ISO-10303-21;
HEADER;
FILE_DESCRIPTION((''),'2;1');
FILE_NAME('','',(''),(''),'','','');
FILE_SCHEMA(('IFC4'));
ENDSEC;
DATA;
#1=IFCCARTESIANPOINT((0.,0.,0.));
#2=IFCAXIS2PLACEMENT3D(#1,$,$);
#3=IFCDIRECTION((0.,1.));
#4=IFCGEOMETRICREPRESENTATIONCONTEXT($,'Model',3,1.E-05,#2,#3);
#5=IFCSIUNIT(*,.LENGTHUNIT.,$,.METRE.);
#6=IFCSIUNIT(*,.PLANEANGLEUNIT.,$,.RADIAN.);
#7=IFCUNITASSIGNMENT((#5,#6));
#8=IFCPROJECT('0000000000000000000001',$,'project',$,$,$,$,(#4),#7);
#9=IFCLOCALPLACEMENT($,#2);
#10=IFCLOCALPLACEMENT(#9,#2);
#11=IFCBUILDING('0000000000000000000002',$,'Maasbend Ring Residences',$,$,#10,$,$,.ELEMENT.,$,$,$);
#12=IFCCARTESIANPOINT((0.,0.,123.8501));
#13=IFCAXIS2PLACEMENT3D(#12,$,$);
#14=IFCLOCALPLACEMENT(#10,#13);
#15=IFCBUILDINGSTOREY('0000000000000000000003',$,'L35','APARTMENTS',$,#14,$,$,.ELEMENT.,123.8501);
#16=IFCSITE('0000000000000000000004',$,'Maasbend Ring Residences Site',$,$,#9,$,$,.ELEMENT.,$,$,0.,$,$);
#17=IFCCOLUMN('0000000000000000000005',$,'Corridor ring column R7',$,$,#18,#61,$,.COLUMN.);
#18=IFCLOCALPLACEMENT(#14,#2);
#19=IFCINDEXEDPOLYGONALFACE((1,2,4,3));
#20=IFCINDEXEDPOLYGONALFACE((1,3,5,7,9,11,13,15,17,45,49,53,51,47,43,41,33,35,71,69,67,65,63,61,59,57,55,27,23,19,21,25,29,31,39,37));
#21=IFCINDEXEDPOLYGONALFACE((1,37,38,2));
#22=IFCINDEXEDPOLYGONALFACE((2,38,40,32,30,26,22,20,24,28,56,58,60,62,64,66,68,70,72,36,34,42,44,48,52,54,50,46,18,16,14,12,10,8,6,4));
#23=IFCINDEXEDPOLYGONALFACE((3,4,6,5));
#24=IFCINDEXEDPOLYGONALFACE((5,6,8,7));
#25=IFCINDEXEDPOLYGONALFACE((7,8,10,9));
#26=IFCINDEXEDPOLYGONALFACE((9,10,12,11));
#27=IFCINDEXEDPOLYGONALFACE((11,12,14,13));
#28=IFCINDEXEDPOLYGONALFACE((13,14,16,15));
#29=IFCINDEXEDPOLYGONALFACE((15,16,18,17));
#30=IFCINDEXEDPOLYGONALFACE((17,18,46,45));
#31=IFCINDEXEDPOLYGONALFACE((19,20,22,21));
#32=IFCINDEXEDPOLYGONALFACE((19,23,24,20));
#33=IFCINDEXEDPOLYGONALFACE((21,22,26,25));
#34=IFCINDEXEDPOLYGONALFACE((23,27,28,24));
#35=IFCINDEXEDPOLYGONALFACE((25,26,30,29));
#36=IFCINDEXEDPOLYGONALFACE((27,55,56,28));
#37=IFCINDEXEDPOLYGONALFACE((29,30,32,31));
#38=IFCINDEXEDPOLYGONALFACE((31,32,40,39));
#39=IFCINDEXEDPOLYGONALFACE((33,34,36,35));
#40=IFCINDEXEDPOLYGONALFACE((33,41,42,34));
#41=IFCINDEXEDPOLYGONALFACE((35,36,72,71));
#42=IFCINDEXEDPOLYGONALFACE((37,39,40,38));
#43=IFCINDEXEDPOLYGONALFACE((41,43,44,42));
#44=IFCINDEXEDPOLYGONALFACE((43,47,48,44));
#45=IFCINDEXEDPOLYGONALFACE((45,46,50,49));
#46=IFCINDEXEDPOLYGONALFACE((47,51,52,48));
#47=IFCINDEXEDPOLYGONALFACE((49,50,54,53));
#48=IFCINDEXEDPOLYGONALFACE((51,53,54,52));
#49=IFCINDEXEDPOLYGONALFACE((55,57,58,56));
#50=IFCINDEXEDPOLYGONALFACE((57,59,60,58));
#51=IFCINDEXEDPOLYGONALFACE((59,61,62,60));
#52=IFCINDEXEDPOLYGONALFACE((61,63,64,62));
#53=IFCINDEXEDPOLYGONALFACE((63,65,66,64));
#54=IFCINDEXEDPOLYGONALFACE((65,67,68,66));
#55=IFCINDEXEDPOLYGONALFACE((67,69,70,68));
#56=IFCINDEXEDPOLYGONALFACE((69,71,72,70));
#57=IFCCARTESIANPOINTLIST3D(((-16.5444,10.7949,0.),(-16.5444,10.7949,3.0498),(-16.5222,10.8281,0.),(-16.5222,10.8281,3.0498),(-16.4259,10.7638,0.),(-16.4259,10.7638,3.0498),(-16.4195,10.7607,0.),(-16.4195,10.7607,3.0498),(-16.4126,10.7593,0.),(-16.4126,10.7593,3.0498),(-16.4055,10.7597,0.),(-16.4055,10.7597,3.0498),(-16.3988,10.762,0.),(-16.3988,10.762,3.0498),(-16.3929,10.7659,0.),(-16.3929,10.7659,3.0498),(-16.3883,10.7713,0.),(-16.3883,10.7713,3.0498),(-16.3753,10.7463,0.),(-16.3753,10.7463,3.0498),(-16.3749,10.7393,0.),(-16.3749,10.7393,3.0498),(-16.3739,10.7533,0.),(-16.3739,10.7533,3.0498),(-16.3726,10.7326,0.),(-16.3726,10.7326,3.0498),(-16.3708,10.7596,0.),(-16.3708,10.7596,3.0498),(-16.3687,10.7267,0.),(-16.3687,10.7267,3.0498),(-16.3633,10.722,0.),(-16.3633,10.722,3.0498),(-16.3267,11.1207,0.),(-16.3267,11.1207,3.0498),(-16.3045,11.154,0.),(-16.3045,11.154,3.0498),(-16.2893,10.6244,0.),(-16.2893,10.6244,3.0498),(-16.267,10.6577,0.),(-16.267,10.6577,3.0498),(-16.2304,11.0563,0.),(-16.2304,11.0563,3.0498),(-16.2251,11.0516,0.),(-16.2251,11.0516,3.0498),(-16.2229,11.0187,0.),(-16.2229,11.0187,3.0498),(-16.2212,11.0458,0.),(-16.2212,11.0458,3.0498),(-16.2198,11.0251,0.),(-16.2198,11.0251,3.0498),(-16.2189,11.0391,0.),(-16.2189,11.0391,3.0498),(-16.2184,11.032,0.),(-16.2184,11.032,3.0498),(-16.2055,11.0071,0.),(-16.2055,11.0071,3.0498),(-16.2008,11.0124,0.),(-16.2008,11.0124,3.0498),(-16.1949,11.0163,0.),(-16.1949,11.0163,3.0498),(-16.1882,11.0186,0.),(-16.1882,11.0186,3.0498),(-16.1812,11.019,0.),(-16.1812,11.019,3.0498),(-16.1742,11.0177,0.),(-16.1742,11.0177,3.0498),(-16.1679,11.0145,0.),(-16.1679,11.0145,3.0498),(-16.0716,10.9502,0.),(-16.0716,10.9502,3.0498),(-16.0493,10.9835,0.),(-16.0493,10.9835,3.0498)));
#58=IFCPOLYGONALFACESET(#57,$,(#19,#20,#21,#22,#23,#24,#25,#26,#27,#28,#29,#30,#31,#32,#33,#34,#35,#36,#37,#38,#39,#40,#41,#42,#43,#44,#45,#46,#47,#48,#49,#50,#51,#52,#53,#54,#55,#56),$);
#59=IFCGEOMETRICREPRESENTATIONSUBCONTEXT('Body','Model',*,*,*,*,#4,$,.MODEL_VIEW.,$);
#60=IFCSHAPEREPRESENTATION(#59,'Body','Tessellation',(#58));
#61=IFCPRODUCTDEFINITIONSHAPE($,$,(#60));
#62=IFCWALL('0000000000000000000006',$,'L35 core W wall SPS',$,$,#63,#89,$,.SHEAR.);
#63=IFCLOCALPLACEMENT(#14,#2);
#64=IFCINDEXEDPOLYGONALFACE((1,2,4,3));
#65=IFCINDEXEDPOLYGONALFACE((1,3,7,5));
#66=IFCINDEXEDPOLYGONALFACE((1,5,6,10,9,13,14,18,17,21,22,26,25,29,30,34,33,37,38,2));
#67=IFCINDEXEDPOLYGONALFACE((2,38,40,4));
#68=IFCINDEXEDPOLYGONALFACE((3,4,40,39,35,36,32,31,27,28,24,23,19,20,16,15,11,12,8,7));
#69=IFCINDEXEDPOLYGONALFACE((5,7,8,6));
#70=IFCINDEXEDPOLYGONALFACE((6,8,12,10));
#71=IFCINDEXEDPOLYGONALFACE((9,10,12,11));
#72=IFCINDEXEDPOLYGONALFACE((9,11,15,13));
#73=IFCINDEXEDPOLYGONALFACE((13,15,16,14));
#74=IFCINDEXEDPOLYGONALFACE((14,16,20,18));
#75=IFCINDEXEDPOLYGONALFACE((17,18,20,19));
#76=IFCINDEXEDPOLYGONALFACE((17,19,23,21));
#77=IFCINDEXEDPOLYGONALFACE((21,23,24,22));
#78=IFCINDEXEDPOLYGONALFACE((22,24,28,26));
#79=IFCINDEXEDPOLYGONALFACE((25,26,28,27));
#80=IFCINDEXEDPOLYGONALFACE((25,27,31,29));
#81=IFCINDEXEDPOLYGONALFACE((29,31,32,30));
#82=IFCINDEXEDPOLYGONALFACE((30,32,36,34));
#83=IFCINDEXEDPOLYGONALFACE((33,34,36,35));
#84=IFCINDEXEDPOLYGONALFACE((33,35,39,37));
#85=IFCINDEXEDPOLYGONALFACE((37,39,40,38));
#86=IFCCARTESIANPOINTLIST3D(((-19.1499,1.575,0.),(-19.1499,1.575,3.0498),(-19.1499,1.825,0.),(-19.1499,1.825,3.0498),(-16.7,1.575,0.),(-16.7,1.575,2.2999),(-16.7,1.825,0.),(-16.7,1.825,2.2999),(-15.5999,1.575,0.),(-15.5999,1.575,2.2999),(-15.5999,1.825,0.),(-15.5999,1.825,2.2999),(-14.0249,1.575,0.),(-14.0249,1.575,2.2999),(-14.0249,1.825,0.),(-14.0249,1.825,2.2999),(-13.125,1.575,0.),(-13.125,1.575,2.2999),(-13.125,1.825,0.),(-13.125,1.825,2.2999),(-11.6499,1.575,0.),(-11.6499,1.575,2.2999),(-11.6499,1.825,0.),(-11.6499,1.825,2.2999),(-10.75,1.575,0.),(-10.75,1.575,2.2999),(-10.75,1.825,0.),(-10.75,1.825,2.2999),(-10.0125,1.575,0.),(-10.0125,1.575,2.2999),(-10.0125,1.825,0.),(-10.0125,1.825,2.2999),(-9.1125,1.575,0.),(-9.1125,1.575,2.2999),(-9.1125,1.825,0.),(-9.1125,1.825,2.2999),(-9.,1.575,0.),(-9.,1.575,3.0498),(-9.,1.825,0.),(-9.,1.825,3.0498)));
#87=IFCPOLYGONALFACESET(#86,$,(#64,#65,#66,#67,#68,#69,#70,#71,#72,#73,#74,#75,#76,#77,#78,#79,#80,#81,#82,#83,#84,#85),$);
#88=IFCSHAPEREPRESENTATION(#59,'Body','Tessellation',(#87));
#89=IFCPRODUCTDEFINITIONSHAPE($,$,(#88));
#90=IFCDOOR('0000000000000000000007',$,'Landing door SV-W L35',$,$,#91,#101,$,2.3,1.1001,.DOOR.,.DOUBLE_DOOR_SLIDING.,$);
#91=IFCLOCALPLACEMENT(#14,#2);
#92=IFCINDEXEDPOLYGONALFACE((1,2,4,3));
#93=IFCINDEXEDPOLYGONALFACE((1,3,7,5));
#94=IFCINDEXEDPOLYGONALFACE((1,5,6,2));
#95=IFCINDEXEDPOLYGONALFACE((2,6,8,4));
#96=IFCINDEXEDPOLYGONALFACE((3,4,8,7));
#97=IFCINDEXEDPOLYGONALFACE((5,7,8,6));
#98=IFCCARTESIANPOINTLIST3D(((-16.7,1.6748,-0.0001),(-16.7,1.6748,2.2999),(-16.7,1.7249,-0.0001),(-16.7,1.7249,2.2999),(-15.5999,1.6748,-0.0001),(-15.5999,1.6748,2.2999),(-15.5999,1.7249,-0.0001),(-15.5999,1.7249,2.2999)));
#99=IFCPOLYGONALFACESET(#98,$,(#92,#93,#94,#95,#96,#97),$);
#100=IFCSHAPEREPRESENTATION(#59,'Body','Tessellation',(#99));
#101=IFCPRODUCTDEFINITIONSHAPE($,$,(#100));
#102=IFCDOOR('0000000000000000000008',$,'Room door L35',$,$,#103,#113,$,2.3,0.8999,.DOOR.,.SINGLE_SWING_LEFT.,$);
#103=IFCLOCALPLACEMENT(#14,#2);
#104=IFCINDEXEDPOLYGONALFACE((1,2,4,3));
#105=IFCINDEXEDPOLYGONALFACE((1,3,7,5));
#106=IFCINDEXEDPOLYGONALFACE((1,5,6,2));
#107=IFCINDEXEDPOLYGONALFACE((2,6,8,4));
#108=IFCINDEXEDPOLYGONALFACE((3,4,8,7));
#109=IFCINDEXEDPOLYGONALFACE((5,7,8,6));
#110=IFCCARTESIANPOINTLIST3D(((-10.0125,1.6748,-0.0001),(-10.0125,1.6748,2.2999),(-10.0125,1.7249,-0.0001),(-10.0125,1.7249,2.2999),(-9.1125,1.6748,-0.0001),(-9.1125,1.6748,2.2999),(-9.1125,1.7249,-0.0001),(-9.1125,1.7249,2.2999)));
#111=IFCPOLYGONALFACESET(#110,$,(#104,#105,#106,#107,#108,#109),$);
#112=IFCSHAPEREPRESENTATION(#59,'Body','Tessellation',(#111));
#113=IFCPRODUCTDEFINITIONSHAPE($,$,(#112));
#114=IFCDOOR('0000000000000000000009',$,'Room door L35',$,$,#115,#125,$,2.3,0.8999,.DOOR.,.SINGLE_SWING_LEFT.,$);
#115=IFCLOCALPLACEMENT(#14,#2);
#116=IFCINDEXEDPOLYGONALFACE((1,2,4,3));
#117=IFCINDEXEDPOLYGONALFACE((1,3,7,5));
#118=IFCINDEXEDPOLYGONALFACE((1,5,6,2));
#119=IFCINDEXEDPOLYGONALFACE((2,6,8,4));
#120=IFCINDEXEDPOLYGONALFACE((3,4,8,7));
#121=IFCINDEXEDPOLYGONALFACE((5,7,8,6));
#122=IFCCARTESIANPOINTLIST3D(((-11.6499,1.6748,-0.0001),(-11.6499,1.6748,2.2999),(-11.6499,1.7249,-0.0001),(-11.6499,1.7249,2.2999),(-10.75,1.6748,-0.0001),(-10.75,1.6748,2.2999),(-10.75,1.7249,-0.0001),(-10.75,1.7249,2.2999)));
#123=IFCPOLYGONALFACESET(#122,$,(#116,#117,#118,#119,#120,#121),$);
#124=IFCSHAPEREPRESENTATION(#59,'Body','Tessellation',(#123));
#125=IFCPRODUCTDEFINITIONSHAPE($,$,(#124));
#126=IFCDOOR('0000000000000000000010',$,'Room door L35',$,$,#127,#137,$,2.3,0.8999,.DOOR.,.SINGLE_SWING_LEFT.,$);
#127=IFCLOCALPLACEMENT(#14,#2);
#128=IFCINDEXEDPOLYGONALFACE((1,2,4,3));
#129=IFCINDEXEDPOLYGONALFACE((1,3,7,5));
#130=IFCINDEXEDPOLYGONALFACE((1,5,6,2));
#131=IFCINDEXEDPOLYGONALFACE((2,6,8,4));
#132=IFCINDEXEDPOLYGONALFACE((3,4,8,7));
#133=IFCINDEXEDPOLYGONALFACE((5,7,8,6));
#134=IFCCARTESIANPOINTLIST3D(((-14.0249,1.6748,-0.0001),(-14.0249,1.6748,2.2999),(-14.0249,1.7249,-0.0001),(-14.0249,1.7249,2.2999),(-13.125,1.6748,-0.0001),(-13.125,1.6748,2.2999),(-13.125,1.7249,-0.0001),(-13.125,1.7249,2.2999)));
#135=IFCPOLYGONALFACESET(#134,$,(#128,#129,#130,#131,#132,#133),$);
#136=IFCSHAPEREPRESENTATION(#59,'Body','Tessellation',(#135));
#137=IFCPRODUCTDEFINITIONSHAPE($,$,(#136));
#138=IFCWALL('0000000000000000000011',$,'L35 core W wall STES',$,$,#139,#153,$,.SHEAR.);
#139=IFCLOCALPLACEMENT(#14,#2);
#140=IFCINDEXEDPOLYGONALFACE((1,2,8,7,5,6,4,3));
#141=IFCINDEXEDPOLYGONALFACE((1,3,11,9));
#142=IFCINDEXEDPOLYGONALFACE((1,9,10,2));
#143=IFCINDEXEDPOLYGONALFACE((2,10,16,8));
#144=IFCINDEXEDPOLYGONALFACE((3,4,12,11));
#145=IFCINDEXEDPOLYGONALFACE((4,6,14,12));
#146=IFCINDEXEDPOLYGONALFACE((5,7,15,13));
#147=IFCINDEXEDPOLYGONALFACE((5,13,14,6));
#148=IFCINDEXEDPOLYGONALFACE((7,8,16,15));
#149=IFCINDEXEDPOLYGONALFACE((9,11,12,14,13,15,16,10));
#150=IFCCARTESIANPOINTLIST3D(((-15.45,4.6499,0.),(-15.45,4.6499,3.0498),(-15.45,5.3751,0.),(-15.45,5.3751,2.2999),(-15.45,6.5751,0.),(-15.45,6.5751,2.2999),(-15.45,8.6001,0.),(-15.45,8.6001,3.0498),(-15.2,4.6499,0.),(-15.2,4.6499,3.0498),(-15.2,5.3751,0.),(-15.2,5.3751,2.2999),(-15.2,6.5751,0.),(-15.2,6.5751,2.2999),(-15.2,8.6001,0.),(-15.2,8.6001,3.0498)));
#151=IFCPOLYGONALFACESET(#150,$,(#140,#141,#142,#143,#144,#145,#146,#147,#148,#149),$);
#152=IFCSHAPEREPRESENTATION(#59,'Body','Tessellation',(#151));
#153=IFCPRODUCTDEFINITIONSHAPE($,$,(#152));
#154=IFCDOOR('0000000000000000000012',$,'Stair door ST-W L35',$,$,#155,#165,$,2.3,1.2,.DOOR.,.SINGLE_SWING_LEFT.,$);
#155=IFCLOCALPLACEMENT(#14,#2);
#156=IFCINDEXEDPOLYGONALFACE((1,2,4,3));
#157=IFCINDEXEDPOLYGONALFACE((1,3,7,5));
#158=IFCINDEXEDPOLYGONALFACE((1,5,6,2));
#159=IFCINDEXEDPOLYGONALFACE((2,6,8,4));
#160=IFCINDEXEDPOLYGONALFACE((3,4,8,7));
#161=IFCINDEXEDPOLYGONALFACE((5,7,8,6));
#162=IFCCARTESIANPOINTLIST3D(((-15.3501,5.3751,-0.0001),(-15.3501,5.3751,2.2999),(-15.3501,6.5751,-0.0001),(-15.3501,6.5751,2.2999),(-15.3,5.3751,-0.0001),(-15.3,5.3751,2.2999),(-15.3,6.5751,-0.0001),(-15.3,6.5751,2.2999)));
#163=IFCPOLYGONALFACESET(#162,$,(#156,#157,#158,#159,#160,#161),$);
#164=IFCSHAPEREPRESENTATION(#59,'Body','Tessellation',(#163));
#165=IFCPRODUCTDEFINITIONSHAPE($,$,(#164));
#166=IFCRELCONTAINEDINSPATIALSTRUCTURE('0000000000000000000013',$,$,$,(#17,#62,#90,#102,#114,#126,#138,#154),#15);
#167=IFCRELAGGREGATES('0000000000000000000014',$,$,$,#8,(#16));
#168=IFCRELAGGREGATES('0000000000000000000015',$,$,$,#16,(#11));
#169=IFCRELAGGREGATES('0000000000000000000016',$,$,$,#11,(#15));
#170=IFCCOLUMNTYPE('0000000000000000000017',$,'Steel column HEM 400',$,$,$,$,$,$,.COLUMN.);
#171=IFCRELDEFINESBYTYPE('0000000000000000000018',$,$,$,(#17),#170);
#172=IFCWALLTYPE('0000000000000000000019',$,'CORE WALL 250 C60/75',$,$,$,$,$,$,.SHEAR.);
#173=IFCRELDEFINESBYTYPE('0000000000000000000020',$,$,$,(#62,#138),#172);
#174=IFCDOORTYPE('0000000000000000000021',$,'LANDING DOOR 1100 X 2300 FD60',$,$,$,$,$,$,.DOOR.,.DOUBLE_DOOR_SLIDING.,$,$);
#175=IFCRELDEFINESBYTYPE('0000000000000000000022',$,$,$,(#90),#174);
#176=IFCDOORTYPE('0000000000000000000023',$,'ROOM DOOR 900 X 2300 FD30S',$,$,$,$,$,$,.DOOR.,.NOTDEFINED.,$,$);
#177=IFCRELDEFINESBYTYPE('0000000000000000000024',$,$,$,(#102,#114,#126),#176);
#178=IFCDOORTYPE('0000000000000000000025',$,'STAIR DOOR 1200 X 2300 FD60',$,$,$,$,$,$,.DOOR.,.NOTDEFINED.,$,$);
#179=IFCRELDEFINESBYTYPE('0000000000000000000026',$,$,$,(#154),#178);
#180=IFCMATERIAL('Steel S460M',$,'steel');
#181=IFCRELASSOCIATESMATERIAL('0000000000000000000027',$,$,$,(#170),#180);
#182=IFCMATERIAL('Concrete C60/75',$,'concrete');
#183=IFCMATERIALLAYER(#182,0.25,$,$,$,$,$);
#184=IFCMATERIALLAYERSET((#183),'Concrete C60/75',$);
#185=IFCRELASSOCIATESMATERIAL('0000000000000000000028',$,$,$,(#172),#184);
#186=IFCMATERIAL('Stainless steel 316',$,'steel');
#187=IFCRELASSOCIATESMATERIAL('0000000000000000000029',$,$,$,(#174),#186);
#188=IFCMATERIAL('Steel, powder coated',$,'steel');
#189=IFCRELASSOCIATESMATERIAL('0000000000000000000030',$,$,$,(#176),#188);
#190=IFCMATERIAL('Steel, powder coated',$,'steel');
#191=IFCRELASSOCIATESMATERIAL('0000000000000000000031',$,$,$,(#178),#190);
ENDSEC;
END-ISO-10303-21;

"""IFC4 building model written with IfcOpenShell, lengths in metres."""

from ifc_helpers import new_model, si_unit, direction, frame, frame_2d, origin, origin_2d, place, context, subcontext, project, spatial, rectangle, i_section, extrude, material, layer, layer_set, material_profile, profile_set, type_object, element, fill, save


model = new_model("IFC4")

# Units and contexts
model_context = context("Model", 3, precision=1e-05, world=origin(), true_north=direction((0.0, 1.0)))
body_context = subcontext(model_context, "Body", "Model", "MODEL_VIEW")
ifc_project = project(units=[si_unit("LENGTHUNIT", "METRE"), si_unit("PLANEANGLEUNIT", "RADIAN")], contexts=[model_context])

# Site, building, storey
site_placement = place(None, origin())
site = spatial("IfcSite", under=ifc_project, at=site_placement, Name="Maasbend Ring Residences Site", CompositionType="ELEMENT", RefElevation=0.0)
building_placement = place(site_placement, origin())
building = spatial("IfcBuilding", under=site, at=building_placement, Name="Maasbend Ring Residences", CompositionType="ELEMENT")
storey_placement = place(building_placement, frame((0.0, 0.0, 123.8501)))
storey = spatial("IfcBuildingStorey", under=building, at=storey_placement, Name="L35", Description="APARTMENTS", CompositionType="ELEMENT", Elevation=123.8501)

# Column
ifc_material_1 = material(Name="Steel S460M", Category="steel")
ifc_material_profile = material_profile(ifc_material_1, i_section(OverallWidth=0.3069, OverallDepth=0.4319, WebThickness=0.021, FlangeThickness=0.04, FilletRadius=0.0271, at=origin_2d()), Name="HEM 400")
ifc_profile_set = profile_set([ifc_material_profile], Name="Steel S460M")
column_type = type_object("IfcColumnType", Name="Steel column HEM 400", PredefinedType="COLUMN", material=ifc_profile_set)
column_placement = place(storey_placement, frame((-16.2969, 10.8892, 0.0), z_axis=(0.0, 0.0, 1.0), x_axis=(-0.83147, 0.55557, 0.0)))
element("IfcColumn", 1, at=column_placement, inside=storey, type_object=column_type, Name="Corridor ring column R7", PredefinedType="COLUMN", context=body_context, shape_type="SweptSolid", body=[
    extrude(i_section(OverallWidth=0.3069, OverallDepth=0.4319, WebThickness=0.021, FlangeThickness=0.04, FilletRadius=0.0271, at=origin_2d()), origin(), (0.0, 0.0, 1.0), 3.0498),
])

# Wall, openings, doors
ifc_material_2 = material(Name="Concrete C60/75", Category="concrete")
ifc_layer_1 = layer(ifc_material_2, 0.25)
ifc_layer_set_1 = layer_set([ifc_layer_1], Name="Concrete C60/75")
wall_type_1 = type_object("IfcWallType", Name="CORE WALL 250 C60/75", PredefinedType="SHEAR", material=ifc_layer_set_1)
wall_1_placement = place(storey_placement, frame((-19.1499, 1.7, 0.0), z_axis=(0.0, 0.0, 1.0), x_axis=(1.0, 0.0, 0.0)))
wall_1 = element("IfcWall", 2, at=wall_1_placement, inside=storey, type_object=wall_type_1, Name="L35 core W wall SPS", PredefinedType="SHEAR", context=body_context, shape_type="SweptSolid", body=[
    extrude(rectangle(XDim=10.1499, YDim=0.25, at=frame_2d((5.075, 0.0))), origin(), (0.0, 0.0, 1.0), 3.0498),
])
opening_1_placement = place(wall_1_placement, frame((2.45, 0.0, 0.0)))
opening_1 = element("IfcOpeningElement", 3, at=opening_1_placement, cuts=wall_1, PredefinedType="OPENING", context=body_context, shape_type="SweptSolid", body=[
    extrude(rectangle(XDim=1.1001, YDim=2.3, at=frame_2d((0.55, 1.1499))), frame((0.0, 0.135, 0.0), z_axis=(0.0, -1.0, 0.0), x_axis=(1.0, 0.0, 0.0)), (0.0, 0.0, 1.0), 0.27),
])
opening_2_placement = place(wall_1_placement, frame((9.1375, 0.0, 0.0)))
opening_2 = element("IfcOpeningElement", 4, at=opening_2_placement, cuts=wall_1, PredefinedType="OPENING", context=body_context, shape_type="SweptSolid", body=[
    extrude(rectangle(XDim=0.8999, YDim=2.3, at=frame_2d((0.45, 1.1499))), frame((0.0, 0.135, 0.0), z_axis=(0.0, -1.0, 0.0), x_axis=(1.0, 0.0, 0.0)), (0.0, 0.0, 1.0), 0.27),
])
opening_3_placement = place(wall_1_placement, frame((7.5, 0.0, 0.0)))
opening_3 = element("IfcOpeningElement", 5, at=opening_3_placement, cuts=wall_1, PredefinedType="OPENING", context=body_context, shape_type="SweptSolid", body=[
    extrude(rectangle(XDim=0.8999, YDim=2.3, at=frame_2d((0.45, 1.1499))), frame((0.0, 0.135, 0.0), z_axis=(0.0, -1.0, 0.0), x_axis=(1.0, 0.0, 0.0)), (0.0, 0.0, 1.0), 0.27),
])
opening_4_placement = place(wall_1_placement, frame((5.125, 0.0, 0.0)))
opening_4 = element("IfcOpeningElement", 6, at=opening_4_placement, cuts=wall_1, PredefinedType="OPENING", context=body_context, shape_type="SweptSolid", body=[
    extrude(rectangle(XDim=0.8999, YDim=2.3, at=frame_2d((0.45, 1.1499))), frame((0.0, 0.135, 0.0), z_axis=(0.0, -1.0, 0.0), x_axis=(1.0, 0.0, 0.0)), (0.0, 0.0, 1.0), 0.27),
])
ifc_material_3 = material(Name="Stainless steel 316", Category="steel")
door_type_1 = type_object("IfcDoorType", Name="LANDING DOOR 1100 X 2300 FD60", OperationType="DOUBLE_DOOR_SLIDING", PredefinedType="DOOR", material=ifc_material_3)
door_1_placement = place(opening_1_placement, origin())
door_1 = element("IfcDoor", 7, at=door_1_placement, inside=storey, type_object=door_type_1, Name="Landing door SV-W L35", OperationType="DOUBLE_DOOR_SLIDING", OverallHeight=2.3, OverallWidth=1.1001, PredefinedType="DOOR", context=body_context, shape_type="SweptSolid", body=[
    extrude(rectangle(XDim=1.1001, YDim=2.3, at=frame_2d((0.55, 1.1499))), frame((0.0, 0.0249, 0.0), z_axis=(0.0, -1.0, 0.0), x_axis=(1.0, 0.0, 0.0)), (0.0, 0.0, 1.0), 0.05),
])
fill(opening_1, door_1)
ifc_material_4 = material(Name="Steel, powder coated", Category="steel")
door_type_2 = type_object("IfcDoorType", Name="ROOM DOOR 900 X 2300 FD30S", OperationType="NOTDEFINED", PredefinedType="DOOR", material=ifc_material_4)
door_2_placement = place(opening_2_placement, origin())
door_2 = element("IfcDoor", 8, at=door_2_placement, inside=storey, type_object=door_type_2, Name="Room door L35", OperationType="SINGLE_SWING_LEFT", OverallHeight=2.3, OverallWidth=0.8999, PredefinedType="DOOR", context=body_context, shape_type="SweptSolid", body=[
    extrude(rectangle(XDim=0.8999, YDim=2.3, at=frame_2d((0.45, 1.1499))), frame((0.0, 0.0249, 0.0), z_axis=(0.0, -1.0, 0.0), x_axis=(1.0, 0.0, 0.0)), (0.0, 0.0, 1.0), 0.05),
])
fill(opening_2, door_2)
door_3_placement = place(opening_3_placement, origin())
door_3 = element("IfcDoor", 9, at=door_3_placement, inside=storey, type_object=door_type_2, Name="Room door L35", OperationType="SINGLE_SWING_LEFT", OverallHeight=2.3, OverallWidth=0.8999, PredefinedType="DOOR", context=body_context, shape_type="SweptSolid", body=[
    extrude(rectangle(XDim=0.8999, YDim=2.3, at=frame_2d((0.45, 1.1499))), frame((0.0, 0.0249, 0.0), z_axis=(0.0, -1.0, 0.0), x_axis=(1.0, 0.0, 0.0)), (0.0, 0.0, 1.0), 0.05),
])
fill(opening_3, door_3)
door_4_placement = place(opening_4_placement, origin())
door_4 = element("IfcDoor", 10, at=door_4_placement, inside=storey, type_object=door_type_2, Name="Room door L35", OperationType="SINGLE_SWING_LEFT", OverallHeight=2.3, OverallWidth=0.8999, PredefinedType="DOOR", context=body_context, shape_type="SweptSolid", body=[
    extrude(rectangle(XDim=0.8999, YDim=2.3, at=frame_2d((0.45, 1.1499))), frame((0.0, 0.0249, 0.0), z_axis=(0.0, -1.0, 0.0), x_axis=(1.0, 0.0, 0.0)), (0.0, 0.0, 1.0), 0.05),
])
fill(opening_4, door_4)

# Wall, opening, door
wall_2_placement = place(storey_placement, frame((-15.325, 8.6001, 0.0), z_axis=(0.0, 0.0, 1.0), x_axis=(0.0, -1.0, 0.0)))
wall_2 = element("IfcWall", 11, at=wall_2_placement, inside=storey, type_object=wall_type_1, Name="L35 core W wall STES", PredefinedType="SHEAR", context=body_context, shape_type="SweptSolid", body=[
    extrude(rectangle(XDim=3.9502, YDim=0.25, at=frame_2d((1.9751, 0.0))), origin(), (0.0, 0.0, 1.0), 3.0498),
])
opening_5_placement = place(wall_2_placement, frame((2.0249, 0.0, 0.0)))
opening_5 = element("IfcOpeningElement", 12, at=opening_5_placement, cuts=wall_2, PredefinedType="OPENING", context=body_context, shape_type="SweptSolid", body=[
    extrude(rectangle(XDim=1.2, YDim=2.3, at=frame_2d((0.6001, 1.1499))), frame((0.0, 0.135, 0.0), z_axis=(0.0, -1.0, 0.0), x_axis=(1.0, 0.0, 0.0)), (0.0, 0.0, 1.0), 0.27),
])
ifc_material_5 = material(Name="Steel, powder coated", Category="steel")
door_type_3 = type_object("IfcDoorType", Name="STAIR DOOR 1200 X 2300 FD60", OperationType="NOTDEFINED", PredefinedType="DOOR", material=ifc_material_5)
door_5_placement = place(opening_5_placement, origin())
door_5 = element("IfcDoor", 13, at=door_5_placement, inside=storey, type_object=door_type_3, Name="Stair door ST-W L35", OperationType="SINGLE_SWING_LEFT", OverallHeight=2.3, OverallWidth=1.2, PredefinedType="DOOR", context=body_context, shape_type="SweptSolid", body=[
    extrude(rectangle(XDim=1.2, YDim=2.3, at=frame_2d((0.6001, 1.1499))), frame((0.0, 0.0249, 0.0), z_axis=(0.0, -1.0, 0.0), x_axis=(1.0, 0.0, 0.0)), (0.0, 0.0, 1.0), 0.05),
])
fill(opening_5, door_5)

save(model, "model.ifc")
